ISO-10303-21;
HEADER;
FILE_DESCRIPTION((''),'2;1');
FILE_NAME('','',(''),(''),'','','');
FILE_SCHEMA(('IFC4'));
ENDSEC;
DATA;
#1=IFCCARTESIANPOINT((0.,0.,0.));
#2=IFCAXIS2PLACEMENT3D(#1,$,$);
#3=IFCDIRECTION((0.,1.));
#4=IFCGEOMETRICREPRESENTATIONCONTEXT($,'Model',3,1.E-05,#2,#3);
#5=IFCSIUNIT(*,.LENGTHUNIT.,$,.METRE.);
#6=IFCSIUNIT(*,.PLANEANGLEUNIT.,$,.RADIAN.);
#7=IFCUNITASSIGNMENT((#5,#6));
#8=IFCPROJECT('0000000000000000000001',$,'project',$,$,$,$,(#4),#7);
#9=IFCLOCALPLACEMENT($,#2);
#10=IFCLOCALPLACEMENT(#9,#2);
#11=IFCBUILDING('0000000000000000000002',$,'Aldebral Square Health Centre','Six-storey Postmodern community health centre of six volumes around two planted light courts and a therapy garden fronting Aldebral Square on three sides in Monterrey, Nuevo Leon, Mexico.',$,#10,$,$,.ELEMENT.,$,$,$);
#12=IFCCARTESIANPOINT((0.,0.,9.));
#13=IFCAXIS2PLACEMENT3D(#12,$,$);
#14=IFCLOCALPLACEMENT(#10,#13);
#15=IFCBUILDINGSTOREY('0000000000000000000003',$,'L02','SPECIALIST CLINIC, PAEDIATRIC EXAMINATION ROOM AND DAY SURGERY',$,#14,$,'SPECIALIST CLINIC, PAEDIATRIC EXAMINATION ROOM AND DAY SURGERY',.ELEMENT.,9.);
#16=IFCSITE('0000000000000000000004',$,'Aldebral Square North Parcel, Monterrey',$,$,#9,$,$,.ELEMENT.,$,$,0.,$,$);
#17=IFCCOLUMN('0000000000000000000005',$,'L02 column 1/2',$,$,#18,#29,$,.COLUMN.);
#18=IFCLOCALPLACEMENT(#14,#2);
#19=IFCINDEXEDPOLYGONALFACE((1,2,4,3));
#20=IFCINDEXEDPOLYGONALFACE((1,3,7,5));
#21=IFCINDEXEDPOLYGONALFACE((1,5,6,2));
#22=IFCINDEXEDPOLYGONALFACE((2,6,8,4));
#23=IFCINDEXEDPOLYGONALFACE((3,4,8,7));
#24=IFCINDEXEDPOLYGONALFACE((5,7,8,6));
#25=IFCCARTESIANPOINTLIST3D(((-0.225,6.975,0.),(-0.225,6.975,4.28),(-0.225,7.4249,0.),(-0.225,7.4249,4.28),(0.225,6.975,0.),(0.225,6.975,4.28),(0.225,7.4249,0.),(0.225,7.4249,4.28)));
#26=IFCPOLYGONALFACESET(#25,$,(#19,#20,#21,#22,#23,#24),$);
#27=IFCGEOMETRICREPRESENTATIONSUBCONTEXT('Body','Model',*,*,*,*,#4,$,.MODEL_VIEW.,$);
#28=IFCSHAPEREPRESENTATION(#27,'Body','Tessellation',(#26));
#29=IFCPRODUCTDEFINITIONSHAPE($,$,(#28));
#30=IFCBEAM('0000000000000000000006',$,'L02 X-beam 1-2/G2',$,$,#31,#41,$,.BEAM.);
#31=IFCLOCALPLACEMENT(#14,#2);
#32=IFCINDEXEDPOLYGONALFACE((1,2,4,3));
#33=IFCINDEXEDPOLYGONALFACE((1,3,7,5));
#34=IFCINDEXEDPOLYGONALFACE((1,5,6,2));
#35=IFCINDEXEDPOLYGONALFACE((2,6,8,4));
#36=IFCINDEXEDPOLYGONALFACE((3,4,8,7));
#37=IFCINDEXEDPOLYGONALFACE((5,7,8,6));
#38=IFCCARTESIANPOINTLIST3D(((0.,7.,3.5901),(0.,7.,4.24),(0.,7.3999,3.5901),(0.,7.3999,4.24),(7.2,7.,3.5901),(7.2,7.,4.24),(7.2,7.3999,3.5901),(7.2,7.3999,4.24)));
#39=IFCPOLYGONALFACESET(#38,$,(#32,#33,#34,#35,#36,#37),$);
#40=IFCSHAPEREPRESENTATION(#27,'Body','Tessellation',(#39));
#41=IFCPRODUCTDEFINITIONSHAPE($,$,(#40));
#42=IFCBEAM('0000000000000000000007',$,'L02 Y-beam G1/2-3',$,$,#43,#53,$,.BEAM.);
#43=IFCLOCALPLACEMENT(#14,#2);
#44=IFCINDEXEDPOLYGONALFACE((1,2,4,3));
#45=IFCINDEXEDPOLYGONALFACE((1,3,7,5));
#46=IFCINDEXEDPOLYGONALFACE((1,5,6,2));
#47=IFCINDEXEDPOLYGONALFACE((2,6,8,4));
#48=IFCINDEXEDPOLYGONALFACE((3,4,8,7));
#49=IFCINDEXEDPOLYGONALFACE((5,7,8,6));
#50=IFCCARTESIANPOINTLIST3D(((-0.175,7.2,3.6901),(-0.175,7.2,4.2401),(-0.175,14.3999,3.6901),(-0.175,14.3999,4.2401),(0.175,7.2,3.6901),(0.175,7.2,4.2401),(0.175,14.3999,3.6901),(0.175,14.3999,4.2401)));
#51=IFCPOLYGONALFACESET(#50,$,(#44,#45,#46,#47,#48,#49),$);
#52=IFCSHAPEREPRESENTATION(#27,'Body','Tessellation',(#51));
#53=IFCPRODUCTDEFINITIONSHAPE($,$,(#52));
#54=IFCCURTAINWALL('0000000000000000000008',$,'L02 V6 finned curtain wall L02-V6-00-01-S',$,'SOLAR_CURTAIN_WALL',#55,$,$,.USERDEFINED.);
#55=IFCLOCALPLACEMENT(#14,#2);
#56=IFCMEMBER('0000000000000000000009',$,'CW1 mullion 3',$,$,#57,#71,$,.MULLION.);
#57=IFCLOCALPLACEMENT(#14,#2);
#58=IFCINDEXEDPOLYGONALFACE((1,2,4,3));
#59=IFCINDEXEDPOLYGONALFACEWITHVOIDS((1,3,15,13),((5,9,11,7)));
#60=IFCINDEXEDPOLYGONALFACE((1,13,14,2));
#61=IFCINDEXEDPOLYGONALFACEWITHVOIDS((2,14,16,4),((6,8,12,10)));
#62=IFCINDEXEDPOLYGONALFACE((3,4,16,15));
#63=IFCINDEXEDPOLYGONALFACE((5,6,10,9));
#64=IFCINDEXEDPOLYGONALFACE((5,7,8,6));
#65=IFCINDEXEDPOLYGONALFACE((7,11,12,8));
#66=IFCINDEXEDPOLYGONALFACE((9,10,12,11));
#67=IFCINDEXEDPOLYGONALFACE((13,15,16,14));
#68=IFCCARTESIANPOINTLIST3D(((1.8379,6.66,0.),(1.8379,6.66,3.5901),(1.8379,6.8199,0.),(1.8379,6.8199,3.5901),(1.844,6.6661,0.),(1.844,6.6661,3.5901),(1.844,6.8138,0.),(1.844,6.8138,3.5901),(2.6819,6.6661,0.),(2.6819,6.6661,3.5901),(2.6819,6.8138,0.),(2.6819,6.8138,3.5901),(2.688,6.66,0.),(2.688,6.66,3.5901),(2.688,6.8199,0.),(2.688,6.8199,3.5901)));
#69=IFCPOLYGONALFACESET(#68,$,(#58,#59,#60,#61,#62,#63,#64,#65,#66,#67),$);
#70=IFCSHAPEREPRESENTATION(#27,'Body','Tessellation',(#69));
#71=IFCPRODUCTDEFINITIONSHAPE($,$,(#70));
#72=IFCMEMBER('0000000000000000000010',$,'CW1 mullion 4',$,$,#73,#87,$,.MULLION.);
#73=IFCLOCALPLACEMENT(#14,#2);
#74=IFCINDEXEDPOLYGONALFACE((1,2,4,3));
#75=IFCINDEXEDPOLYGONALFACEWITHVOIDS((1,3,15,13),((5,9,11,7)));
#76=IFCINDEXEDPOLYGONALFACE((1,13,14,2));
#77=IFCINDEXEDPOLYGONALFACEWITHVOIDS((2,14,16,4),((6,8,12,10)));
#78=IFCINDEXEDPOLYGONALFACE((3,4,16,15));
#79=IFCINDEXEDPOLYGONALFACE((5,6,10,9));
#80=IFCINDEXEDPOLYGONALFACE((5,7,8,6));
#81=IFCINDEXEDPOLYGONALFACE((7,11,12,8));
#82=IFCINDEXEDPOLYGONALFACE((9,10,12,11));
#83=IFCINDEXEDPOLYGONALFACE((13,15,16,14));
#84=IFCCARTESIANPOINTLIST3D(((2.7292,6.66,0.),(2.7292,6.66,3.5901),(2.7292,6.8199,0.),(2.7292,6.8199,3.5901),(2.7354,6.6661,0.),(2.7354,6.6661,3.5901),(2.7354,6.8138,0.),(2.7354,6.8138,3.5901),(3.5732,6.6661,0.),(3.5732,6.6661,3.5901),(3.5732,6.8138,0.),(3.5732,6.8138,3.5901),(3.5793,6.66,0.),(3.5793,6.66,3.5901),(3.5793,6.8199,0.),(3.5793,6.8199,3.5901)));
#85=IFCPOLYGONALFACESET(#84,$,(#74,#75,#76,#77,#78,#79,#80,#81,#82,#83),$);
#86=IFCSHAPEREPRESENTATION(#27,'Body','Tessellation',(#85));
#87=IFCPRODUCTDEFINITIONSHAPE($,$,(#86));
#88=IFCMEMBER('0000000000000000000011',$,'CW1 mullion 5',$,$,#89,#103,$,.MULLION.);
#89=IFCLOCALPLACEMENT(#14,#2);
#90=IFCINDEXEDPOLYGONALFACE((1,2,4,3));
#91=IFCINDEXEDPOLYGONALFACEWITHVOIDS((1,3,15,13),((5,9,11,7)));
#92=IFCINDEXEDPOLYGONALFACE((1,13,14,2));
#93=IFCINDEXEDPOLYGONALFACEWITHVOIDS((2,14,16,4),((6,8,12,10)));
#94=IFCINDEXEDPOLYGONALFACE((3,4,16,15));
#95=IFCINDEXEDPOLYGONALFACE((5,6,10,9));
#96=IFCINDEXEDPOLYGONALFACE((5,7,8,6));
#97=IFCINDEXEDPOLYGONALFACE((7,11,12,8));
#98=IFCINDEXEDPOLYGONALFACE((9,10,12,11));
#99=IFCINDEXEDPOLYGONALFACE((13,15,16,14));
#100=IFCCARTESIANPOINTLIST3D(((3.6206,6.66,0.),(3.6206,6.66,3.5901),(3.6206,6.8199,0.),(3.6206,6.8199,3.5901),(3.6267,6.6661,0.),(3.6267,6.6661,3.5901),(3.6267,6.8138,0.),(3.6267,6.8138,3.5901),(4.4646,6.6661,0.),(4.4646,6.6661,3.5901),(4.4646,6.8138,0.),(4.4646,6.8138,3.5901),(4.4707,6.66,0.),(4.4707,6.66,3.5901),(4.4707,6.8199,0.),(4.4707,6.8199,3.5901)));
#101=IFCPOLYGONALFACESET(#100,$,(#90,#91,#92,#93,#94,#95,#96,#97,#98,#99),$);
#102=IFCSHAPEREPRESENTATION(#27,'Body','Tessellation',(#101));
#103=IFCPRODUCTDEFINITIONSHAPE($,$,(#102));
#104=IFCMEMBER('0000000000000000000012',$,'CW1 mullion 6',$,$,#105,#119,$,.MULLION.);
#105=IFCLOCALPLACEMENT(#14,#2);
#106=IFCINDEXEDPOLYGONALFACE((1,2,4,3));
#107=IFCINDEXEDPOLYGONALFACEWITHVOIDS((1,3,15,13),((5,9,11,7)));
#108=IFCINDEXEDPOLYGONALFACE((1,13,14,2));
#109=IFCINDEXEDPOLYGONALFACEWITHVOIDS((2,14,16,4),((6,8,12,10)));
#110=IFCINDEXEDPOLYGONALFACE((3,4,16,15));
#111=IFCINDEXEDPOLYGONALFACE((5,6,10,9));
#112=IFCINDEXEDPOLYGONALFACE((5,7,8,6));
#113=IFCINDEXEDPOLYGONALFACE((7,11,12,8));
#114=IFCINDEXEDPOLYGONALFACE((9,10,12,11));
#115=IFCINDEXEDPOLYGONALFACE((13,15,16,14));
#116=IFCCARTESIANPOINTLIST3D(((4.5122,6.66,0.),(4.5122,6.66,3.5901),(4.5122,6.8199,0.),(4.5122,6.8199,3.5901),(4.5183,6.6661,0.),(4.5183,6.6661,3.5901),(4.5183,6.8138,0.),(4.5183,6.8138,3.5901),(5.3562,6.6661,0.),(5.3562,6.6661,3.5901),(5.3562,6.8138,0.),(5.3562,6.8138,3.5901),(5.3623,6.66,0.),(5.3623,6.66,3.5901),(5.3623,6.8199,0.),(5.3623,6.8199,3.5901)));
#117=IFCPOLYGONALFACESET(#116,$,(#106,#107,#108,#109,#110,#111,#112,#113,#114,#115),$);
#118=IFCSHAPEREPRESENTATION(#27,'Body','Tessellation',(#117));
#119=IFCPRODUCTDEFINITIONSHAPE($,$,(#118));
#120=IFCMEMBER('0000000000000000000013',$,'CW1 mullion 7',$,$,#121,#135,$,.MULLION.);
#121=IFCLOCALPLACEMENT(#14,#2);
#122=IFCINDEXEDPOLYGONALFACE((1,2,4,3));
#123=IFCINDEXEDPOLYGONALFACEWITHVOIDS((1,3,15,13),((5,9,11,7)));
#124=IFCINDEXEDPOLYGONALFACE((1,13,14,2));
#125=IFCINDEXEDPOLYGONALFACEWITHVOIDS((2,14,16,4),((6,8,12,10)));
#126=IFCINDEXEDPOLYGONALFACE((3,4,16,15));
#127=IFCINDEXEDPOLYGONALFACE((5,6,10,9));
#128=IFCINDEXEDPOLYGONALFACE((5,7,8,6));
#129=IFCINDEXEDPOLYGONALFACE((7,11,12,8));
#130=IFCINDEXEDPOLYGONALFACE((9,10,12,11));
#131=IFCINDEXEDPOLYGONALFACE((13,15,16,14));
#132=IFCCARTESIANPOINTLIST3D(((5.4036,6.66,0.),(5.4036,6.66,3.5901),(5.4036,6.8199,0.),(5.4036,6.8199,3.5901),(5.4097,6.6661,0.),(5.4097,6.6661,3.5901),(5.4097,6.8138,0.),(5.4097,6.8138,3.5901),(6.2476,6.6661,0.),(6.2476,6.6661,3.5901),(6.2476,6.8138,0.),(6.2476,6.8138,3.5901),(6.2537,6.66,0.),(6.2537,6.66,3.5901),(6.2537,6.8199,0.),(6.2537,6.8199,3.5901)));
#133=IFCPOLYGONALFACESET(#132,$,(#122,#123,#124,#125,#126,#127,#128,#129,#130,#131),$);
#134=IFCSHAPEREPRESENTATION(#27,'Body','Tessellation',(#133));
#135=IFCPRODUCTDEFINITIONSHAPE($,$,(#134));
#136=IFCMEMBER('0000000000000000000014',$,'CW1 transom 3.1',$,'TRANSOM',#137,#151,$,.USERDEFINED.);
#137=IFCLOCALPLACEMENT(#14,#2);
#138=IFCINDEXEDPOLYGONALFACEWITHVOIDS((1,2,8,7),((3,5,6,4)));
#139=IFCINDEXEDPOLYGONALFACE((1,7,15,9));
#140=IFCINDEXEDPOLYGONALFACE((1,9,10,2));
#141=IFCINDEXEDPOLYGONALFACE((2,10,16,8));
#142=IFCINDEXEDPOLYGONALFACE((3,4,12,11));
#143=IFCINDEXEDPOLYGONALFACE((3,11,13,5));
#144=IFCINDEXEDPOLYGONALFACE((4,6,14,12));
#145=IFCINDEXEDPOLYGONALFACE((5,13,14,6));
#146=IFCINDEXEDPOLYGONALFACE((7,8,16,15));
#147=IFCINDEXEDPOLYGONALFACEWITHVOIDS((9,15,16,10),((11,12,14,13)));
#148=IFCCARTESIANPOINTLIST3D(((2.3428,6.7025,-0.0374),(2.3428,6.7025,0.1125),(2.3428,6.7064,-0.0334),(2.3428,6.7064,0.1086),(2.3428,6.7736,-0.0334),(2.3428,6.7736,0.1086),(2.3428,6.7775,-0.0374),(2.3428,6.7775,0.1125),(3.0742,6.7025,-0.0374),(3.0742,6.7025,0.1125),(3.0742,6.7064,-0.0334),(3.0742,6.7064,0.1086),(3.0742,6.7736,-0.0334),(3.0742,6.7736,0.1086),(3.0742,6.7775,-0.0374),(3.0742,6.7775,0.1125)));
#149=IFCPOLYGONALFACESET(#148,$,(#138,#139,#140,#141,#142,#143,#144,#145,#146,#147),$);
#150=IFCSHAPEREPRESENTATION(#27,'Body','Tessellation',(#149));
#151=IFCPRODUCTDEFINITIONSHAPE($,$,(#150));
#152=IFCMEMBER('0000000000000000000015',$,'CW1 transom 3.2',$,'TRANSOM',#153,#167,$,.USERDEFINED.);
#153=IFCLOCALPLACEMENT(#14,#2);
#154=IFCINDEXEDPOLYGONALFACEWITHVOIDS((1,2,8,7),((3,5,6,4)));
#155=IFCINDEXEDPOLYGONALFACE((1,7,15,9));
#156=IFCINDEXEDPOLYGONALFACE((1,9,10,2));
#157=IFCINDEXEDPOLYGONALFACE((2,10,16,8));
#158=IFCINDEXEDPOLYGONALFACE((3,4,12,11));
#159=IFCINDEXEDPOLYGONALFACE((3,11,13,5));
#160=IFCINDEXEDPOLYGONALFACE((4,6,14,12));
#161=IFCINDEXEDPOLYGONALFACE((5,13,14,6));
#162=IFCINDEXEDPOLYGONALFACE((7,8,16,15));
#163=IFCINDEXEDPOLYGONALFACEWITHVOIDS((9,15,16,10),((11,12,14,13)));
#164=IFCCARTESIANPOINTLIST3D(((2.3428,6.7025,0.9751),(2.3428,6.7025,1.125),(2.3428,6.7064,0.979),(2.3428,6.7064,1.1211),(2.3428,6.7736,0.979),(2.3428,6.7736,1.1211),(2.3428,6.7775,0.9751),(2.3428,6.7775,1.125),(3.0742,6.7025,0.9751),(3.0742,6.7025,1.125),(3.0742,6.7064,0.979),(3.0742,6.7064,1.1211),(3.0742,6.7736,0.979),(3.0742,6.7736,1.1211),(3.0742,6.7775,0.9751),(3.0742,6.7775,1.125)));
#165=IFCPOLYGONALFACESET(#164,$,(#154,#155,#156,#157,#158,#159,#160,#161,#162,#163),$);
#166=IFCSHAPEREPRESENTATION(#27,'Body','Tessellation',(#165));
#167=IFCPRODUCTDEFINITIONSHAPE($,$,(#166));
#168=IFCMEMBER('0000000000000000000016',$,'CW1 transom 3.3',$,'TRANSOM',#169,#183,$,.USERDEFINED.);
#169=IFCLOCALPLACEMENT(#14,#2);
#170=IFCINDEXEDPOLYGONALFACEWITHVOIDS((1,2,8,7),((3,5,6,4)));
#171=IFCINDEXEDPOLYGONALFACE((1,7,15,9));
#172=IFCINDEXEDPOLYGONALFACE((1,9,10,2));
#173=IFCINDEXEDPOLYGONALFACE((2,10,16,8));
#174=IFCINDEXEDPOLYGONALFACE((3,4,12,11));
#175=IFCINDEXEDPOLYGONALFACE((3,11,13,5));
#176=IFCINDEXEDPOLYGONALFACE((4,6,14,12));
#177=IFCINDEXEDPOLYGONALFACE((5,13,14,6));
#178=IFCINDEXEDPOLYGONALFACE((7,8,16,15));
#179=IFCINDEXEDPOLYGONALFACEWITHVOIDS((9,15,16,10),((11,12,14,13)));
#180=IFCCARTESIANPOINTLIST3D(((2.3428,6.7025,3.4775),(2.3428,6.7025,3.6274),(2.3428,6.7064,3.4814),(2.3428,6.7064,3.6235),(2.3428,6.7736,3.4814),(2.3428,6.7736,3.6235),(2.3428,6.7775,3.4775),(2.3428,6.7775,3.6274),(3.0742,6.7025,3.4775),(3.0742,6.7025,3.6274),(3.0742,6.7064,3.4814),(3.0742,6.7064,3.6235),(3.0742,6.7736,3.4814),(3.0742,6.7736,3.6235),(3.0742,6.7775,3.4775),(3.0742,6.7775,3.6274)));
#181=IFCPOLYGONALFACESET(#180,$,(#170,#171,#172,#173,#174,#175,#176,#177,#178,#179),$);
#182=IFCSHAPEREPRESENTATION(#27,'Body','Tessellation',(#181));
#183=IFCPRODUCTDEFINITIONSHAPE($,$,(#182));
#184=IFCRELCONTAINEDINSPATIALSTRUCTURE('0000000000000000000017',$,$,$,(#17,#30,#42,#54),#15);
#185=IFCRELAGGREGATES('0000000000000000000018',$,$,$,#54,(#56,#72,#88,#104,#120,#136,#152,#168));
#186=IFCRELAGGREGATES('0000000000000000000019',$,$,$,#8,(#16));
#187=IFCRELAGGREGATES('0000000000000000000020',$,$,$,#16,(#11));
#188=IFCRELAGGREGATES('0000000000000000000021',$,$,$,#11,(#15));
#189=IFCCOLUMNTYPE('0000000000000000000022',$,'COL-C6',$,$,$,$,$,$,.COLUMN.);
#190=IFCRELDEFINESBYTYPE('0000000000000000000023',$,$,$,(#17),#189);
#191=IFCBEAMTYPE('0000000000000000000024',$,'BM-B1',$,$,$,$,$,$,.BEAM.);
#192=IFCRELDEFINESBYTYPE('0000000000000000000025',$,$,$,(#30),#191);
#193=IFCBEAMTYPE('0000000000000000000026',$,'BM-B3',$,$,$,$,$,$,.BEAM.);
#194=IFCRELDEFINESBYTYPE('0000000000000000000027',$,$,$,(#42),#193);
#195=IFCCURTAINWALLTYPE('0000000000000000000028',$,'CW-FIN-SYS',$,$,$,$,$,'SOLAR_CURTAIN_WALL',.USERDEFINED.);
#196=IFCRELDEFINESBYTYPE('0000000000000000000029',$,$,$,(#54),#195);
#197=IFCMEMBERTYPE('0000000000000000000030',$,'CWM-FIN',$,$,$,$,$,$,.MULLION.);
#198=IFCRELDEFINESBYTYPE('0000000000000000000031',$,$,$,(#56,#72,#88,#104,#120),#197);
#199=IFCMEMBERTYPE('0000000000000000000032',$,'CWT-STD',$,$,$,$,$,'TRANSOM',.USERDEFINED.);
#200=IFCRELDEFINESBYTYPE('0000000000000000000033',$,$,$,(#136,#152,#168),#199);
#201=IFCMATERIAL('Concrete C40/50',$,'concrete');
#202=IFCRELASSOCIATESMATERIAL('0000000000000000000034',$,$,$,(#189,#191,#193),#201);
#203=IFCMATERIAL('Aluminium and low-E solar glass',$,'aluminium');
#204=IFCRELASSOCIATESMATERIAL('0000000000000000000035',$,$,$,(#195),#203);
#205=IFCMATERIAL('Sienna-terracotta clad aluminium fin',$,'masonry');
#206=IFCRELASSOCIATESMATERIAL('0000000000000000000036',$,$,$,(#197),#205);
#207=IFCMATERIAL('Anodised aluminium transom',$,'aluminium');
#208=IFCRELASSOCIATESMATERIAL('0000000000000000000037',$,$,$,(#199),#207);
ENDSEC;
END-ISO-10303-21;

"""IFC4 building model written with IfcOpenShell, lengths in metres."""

from ifc_helpers import new_model, si_unit, direction, frame, origin, origin_2d, place, context, subcontext, project, spatial, rectangle, hollow_rectangle, extrude, material, material_profile, profile_set, type_object, element, aggregate, save


model = new_model("IFC4")

# Units and contexts
model_context = context("Model", 3, precision=1e-05, world=origin(), true_north=direction((0.0, 1.0)))
body_context = subcontext(model_context, "Body", "Model", "MODEL_VIEW")
ifc_project = project(units=[si_unit("LENGTHUNIT", "METRE"), si_unit("PLANEANGLEUNIT", "RADIAN")], contexts=[model_context])

# Site, building, storey
site_placement = place(None, origin())
site = spatial("IfcSite", under=ifc_project, at=site_placement, Name="Aldebral Square North Parcel, Monterrey", CompositionType="ELEMENT", RefElevation=0.0)
building_placement = place(site_placement, origin())
building = spatial("IfcBuilding", under=site, at=building_placement, Name="Aldebral Square Health Centre", Description="Six-storey Postmodern community health centre of six volumes around two planted light courts and a therapy garden fronting Aldebral Square on three sides in Monterrey, Nuevo Leon, Mexico.", CompositionType="ELEMENT")
storey_placement = place(building_placement, frame((0.0, 0.0, 9.0)))
storey = spatial("IfcBuildingStorey", under=building, at=storey_placement, Name="L02", Description="SPECIALIST CLINIC, PAEDIATRIC EXAMINATION ROOM AND DAY SURGERY", LongName="SPECIALIST CLINIC, PAEDIATRIC EXAMINATION ROOM AND DAY SURGERY", CompositionType="ELEMENT", Elevation=9.0)

# Column
ifc_material_1 = material(Name="Concrete C40/50", Category="concrete")
ifc_material_profile_1 = material_profile(ifc_material_1, rectangle(XDim=0.45, YDim=0.45, at=origin_2d()), Name="RC 450x450")
ifc_profile_set_1 = profile_set([ifc_material_profile_1], Name="Concrete C40/50")
column_type = type_object("IfcColumnType", Name="COL-C6", PredefinedType="COLUMN", material=ifc_profile_set_1)
column_placement = place(storey_placement, frame((0.0, 7.2, 0.0), z_axis=(0.0, 0.0, 1.0), x_axis=(1.0, 0.0, 0.0)))
element("IfcColumn", 1, at=column_placement, inside=storey, type_object=column_type, Name="L02 column 1/2", PredefinedType="COLUMN", context=body_context, shape_type="SweptSolid", body=[
    extrude(rectangle(XDim=0.45, YDim=0.45, at=origin_2d()), origin(), (0.0, 0.0, 1.0), 4.28),
])

# Beams
ifc_material_profile_2 = material_profile(ifc_material_1, rectangle(XDim=0.3999, YDim=0.6499, at=origin_2d()), Name="RC 400x650")
ifc_profile_set_2 = profile_set([ifc_material_profile_2], Name="Concrete C40/50")
beam_type_1 = type_object("IfcBeamType", Name="BM-B1", PredefinedType="BEAM", material=ifc_profile_set_2)
beam_1_placement = place(storey_placement, frame((0.0, 7.2, 3.915), z_axis=(1.0, 0.0, 0.0), x_axis=(0.0, 1.0, 0.0)))
element("IfcBeam", 2, at=beam_1_placement, inside=storey, type_object=beam_type_1, Name="L02 X-beam 1-2/G2", PredefinedType="BEAM", context=body_context, shape_type="SweptSolid", body=[
    extrude(rectangle(XDim=0.3999, YDim=0.6499, at=origin_2d()), origin(), (0.0, 0.0, 1.0), 7.2),
])
ifc_material_profile_3 = material_profile(ifc_material_1, rectangle(XDim=0.3501, YDim=0.55, at=origin_2d()), Name="RC 350x550")
ifc_profile_set_3 = profile_set([ifc_material_profile_3], Name="Concrete C40/50")
beam_type_2 = type_object("IfcBeamType", Name="BM-B3", PredefinedType="BEAM", material=ifc_profile_set_3)
beam_2_placement = place(storey_placement, frame((0.0, 7.2, 3.9651), z_axis=(0.0, 1.0, 0.0), x_axis=(-1.0, 0.0, 0.0)))
element("IfcBeam", 3, at=beam_2_placement, inside=storey, type_object=beam_type_2, Name="L02 Y-beam G1/2-3", PredefinedType="BEAM", context=body_context, shape_type="SweptSolid", body=[
    extrude(rectangle(XDim=0.3501, YDim=0.55, at=origin_2d()), origin(), (0.0, 0.0, 1.0), 7.2),
])

# Curtain wall, members
ifc_material_2 = material(Name="Aluminium and low-E solar glass", Category="aluminium")
curtain_wall_type = type_object("IfcCurtainWallType", Name="CW-FIN-SYS", ElementType="SOLAR_CURTAIN_WALL", PredefinedType="USERDEFINED", material=ifc_material_2)
curtain_wall_placement = place(storey_placement, origin())
curtain_wall = element("IfcCurtainWall", 4, at=curtain_wall_placement, inside=storey, type_object=curtain_wall_type, Name="L02 V6 finned curtain wall L02-V6-00-01-S", ObjectType="SOLAR_CURTAIN_WALL", PredefinedType="USERDEFINED")
ifc_material_3 = material(Name="Sienna-terracotta clad aluminium fin", Category="masonry")
ifc_material_profile_4 = material_profile(ifc_material_3, hollow_rectangle(XDim=0.1599, YDim=0.8501, WallThickness=0.0061, at=origin_2d()), Name="FIN 160x850x6")
ifc_profile_set_4 = profile_set([ifc_material_profile_4], Name="Sienna-terracotta clad aluminium fin")
member_type_1 = type_object("IfcMemberType", Name="CWM-FIN", PredefinedType="MULLION", material=ifc_profile_set_4)
member_1_placement = place(storey_placement, frame((2.2629, 6.74, 0.0), z_axis=(0.0, 0.0, 1.0), x_axis=(0.0, 1.0, 0.0)))
member_1 = element("IfcMember", 5, at=member_1_placement, type_object=member_type_1, Name="CW1 mullion 3", PredefinedType="MULLION", context=body_context, shape_type="SweptSolid", body=[
    extrude(hollow_rectangle(XDim=0.1599, YDim=0.8501, WallThickness=0.0061, at=origin_2d()), origin(), (0.0, 0.0, 1.0), 3.5901),
])
member_2_placement = place(storey_placement, frame((3.1543, 6.74, 0.0), z_axis=(0.0, 0.0, 1.0), x_axis=(0.0, 1.0, 0.0)))
member_2 = element("IfcMember", 6, at=member_2_placement, type_object=member_type_1, Name="CW1 mullion 4", PredefinedType="MULLION", context=body_context, shape_type="SweptSolid", body=[
    extrude(hollow_rectangle(XDim=0.1599, YDim=0.8501, WallThickness=0.0061, at=origin_2d()), origin(), (0.0, 0.0, 1.0), 3.5901),
])
member_3_placement = place(storey_placement, frame((4.0457, 6.74, 0.0), z_axis=(0.0, 0.0, 1.0), x_axis=(0.0, 1.0, 0.0)))
member_3 = element("IfcMember", 7, at=member_3_placement, type_object=member_type_1, Name="CW1 mullion 5", PredefinedType="MULLION", context=body_context, shape_type="SweptSolid", body=[
    extrude(hollow_rectangle(XDim=0.1599, YDim=0.8501, WallThickness=0.0061, at=origin_2d()), origin(), (0.0, 0.0, 1.0), 3.5901),
])
member_4_placement = place(storey_placement, frame((4.9373, 6.74, 0.0), z_axis=(0.0, 0.0, 1.0), x_axis=(0.0, 1.0, 0.0)))
member_4 = element("IfcMember", 8, at=member_4_placement, type_object=member_type_1, Name="CW1 mullion 6", PredefinedType="MULLION", context=body_context, shape_type="SweptSolid", body=[
    extrude(hollow_rectangle(XDim=0.1599, YDim=0.8501, WallThickness=0.0061, at=origin_2d()), origin(), (0.0, 0.0, 1.0), 3.5901),
])
member_5_placement = place(storey_placement, frame((5.8286, 6.74, 0.0), z_axis=(0.0, 0.0, 1.0), x_axis=(0.0, 1.0, 0.0)))
member_5 = element("IfcMember", 9, at=member_5_placement, type_object=member_type_1, Name="CW1 mullion 7", PredefinedType="MULLION", context=body_context, shape_type="SweptSolid", body=[
    extrude(hollow_rectangle(XDim=0.1599, YDim=0.8501, WallThickness=0.0061, at=origin_2d()), origin(), (0.0, 0.0, 1.0), 3.5901),
])
ifc_material_4 = material(Name="Anodised aluminium transom", Category="aluminium")
ifc_material_profile_5 = material_profile(ifc_material_4, hollow_rectangle(XDim=0.075, YDim=0.1499, WallThickness=0.0039, at=origin_2d()), Name="CWT 75x150x4")
ifc_profile_set_5 = profile_set([ifc_material_profile_5], Name="Anodised aluminium transom")
member_type_2 = type_object("IfcMemberType", Name="CWT-STD", ElementType="TRANSOM", PredefinedType="USERDEFINED", material=ifc_profile_set_5)
member_6_placement = place(storey_placement, frame((2.3428, 6.74, 0.0376), z_axis=(1.0, 0.0, 0.0), x_axis=(0.0, 1.0, 0.0)))
member_6 = element("IfcMember", 10, at=member_6_placement, type_object=member_type_2, Name="CW1 transom 3.1", ObjectType="TRANSOM", PredefinedType="USERDEFINED", context=body_context, shape_type="SweptSolid", body=[
    extrude(hollow_rectangle(XDim=0.075, YDim=0.1499, WallThickness=0.0039, at=origin_2d()), origin(), (0.0, 0.0, 1.0), 0.7314),
])
member_7_placement = place(storey_placement, frame((2.3428, 6.74, 1.05), z_axis=(1.0, 0.0, 0.0), x_axis=(0.0, 1.0, 0.0)))
member_7 = element("IfcMember", 11, at=member_7_placement, type_object=member_type_2, Name="CW1 transom 3.2", ObjectType="TRANSOM", PredefinedType="USERDEFINED", context=body_context, shape_type="SweptSolid", body=[
    extrude(hollow_rectangle(XDim=0.075, YDim=0.1499, WallThickness=0.0039, at=origin_2d()), origin(), (0.0, 0.0, 1.0), 0.7314),
])
member_8_placement = place(storey_placement, frame((2.3428, 6.74, 3.5525), z_axis=(1.0, 0.0, 0.0), x_axis=(0.0, 1.0, 0.0)))
member_8 = element("IfcMember", 12, at=member_8_placement, type_object=member_type_2, Name="CW1 transom 3.3", ObjectType="TRANSOM", PredefinedType="USERDEFINED", context=body_context, shape_type="SweptSolid", body=[
    extrude(hollow_rectangle(XDim=0.075, YDim=0.1499, WallThickness=0.0039, at=origin_2d()), origin(), (0.0, 0.0, 1.0), 0.7314),
])
aggregate(curtain_wall, [member_1, member_2, member_3, member_4, member_5, member_6, member_7, member_8])

save(model, "model.ifc")
